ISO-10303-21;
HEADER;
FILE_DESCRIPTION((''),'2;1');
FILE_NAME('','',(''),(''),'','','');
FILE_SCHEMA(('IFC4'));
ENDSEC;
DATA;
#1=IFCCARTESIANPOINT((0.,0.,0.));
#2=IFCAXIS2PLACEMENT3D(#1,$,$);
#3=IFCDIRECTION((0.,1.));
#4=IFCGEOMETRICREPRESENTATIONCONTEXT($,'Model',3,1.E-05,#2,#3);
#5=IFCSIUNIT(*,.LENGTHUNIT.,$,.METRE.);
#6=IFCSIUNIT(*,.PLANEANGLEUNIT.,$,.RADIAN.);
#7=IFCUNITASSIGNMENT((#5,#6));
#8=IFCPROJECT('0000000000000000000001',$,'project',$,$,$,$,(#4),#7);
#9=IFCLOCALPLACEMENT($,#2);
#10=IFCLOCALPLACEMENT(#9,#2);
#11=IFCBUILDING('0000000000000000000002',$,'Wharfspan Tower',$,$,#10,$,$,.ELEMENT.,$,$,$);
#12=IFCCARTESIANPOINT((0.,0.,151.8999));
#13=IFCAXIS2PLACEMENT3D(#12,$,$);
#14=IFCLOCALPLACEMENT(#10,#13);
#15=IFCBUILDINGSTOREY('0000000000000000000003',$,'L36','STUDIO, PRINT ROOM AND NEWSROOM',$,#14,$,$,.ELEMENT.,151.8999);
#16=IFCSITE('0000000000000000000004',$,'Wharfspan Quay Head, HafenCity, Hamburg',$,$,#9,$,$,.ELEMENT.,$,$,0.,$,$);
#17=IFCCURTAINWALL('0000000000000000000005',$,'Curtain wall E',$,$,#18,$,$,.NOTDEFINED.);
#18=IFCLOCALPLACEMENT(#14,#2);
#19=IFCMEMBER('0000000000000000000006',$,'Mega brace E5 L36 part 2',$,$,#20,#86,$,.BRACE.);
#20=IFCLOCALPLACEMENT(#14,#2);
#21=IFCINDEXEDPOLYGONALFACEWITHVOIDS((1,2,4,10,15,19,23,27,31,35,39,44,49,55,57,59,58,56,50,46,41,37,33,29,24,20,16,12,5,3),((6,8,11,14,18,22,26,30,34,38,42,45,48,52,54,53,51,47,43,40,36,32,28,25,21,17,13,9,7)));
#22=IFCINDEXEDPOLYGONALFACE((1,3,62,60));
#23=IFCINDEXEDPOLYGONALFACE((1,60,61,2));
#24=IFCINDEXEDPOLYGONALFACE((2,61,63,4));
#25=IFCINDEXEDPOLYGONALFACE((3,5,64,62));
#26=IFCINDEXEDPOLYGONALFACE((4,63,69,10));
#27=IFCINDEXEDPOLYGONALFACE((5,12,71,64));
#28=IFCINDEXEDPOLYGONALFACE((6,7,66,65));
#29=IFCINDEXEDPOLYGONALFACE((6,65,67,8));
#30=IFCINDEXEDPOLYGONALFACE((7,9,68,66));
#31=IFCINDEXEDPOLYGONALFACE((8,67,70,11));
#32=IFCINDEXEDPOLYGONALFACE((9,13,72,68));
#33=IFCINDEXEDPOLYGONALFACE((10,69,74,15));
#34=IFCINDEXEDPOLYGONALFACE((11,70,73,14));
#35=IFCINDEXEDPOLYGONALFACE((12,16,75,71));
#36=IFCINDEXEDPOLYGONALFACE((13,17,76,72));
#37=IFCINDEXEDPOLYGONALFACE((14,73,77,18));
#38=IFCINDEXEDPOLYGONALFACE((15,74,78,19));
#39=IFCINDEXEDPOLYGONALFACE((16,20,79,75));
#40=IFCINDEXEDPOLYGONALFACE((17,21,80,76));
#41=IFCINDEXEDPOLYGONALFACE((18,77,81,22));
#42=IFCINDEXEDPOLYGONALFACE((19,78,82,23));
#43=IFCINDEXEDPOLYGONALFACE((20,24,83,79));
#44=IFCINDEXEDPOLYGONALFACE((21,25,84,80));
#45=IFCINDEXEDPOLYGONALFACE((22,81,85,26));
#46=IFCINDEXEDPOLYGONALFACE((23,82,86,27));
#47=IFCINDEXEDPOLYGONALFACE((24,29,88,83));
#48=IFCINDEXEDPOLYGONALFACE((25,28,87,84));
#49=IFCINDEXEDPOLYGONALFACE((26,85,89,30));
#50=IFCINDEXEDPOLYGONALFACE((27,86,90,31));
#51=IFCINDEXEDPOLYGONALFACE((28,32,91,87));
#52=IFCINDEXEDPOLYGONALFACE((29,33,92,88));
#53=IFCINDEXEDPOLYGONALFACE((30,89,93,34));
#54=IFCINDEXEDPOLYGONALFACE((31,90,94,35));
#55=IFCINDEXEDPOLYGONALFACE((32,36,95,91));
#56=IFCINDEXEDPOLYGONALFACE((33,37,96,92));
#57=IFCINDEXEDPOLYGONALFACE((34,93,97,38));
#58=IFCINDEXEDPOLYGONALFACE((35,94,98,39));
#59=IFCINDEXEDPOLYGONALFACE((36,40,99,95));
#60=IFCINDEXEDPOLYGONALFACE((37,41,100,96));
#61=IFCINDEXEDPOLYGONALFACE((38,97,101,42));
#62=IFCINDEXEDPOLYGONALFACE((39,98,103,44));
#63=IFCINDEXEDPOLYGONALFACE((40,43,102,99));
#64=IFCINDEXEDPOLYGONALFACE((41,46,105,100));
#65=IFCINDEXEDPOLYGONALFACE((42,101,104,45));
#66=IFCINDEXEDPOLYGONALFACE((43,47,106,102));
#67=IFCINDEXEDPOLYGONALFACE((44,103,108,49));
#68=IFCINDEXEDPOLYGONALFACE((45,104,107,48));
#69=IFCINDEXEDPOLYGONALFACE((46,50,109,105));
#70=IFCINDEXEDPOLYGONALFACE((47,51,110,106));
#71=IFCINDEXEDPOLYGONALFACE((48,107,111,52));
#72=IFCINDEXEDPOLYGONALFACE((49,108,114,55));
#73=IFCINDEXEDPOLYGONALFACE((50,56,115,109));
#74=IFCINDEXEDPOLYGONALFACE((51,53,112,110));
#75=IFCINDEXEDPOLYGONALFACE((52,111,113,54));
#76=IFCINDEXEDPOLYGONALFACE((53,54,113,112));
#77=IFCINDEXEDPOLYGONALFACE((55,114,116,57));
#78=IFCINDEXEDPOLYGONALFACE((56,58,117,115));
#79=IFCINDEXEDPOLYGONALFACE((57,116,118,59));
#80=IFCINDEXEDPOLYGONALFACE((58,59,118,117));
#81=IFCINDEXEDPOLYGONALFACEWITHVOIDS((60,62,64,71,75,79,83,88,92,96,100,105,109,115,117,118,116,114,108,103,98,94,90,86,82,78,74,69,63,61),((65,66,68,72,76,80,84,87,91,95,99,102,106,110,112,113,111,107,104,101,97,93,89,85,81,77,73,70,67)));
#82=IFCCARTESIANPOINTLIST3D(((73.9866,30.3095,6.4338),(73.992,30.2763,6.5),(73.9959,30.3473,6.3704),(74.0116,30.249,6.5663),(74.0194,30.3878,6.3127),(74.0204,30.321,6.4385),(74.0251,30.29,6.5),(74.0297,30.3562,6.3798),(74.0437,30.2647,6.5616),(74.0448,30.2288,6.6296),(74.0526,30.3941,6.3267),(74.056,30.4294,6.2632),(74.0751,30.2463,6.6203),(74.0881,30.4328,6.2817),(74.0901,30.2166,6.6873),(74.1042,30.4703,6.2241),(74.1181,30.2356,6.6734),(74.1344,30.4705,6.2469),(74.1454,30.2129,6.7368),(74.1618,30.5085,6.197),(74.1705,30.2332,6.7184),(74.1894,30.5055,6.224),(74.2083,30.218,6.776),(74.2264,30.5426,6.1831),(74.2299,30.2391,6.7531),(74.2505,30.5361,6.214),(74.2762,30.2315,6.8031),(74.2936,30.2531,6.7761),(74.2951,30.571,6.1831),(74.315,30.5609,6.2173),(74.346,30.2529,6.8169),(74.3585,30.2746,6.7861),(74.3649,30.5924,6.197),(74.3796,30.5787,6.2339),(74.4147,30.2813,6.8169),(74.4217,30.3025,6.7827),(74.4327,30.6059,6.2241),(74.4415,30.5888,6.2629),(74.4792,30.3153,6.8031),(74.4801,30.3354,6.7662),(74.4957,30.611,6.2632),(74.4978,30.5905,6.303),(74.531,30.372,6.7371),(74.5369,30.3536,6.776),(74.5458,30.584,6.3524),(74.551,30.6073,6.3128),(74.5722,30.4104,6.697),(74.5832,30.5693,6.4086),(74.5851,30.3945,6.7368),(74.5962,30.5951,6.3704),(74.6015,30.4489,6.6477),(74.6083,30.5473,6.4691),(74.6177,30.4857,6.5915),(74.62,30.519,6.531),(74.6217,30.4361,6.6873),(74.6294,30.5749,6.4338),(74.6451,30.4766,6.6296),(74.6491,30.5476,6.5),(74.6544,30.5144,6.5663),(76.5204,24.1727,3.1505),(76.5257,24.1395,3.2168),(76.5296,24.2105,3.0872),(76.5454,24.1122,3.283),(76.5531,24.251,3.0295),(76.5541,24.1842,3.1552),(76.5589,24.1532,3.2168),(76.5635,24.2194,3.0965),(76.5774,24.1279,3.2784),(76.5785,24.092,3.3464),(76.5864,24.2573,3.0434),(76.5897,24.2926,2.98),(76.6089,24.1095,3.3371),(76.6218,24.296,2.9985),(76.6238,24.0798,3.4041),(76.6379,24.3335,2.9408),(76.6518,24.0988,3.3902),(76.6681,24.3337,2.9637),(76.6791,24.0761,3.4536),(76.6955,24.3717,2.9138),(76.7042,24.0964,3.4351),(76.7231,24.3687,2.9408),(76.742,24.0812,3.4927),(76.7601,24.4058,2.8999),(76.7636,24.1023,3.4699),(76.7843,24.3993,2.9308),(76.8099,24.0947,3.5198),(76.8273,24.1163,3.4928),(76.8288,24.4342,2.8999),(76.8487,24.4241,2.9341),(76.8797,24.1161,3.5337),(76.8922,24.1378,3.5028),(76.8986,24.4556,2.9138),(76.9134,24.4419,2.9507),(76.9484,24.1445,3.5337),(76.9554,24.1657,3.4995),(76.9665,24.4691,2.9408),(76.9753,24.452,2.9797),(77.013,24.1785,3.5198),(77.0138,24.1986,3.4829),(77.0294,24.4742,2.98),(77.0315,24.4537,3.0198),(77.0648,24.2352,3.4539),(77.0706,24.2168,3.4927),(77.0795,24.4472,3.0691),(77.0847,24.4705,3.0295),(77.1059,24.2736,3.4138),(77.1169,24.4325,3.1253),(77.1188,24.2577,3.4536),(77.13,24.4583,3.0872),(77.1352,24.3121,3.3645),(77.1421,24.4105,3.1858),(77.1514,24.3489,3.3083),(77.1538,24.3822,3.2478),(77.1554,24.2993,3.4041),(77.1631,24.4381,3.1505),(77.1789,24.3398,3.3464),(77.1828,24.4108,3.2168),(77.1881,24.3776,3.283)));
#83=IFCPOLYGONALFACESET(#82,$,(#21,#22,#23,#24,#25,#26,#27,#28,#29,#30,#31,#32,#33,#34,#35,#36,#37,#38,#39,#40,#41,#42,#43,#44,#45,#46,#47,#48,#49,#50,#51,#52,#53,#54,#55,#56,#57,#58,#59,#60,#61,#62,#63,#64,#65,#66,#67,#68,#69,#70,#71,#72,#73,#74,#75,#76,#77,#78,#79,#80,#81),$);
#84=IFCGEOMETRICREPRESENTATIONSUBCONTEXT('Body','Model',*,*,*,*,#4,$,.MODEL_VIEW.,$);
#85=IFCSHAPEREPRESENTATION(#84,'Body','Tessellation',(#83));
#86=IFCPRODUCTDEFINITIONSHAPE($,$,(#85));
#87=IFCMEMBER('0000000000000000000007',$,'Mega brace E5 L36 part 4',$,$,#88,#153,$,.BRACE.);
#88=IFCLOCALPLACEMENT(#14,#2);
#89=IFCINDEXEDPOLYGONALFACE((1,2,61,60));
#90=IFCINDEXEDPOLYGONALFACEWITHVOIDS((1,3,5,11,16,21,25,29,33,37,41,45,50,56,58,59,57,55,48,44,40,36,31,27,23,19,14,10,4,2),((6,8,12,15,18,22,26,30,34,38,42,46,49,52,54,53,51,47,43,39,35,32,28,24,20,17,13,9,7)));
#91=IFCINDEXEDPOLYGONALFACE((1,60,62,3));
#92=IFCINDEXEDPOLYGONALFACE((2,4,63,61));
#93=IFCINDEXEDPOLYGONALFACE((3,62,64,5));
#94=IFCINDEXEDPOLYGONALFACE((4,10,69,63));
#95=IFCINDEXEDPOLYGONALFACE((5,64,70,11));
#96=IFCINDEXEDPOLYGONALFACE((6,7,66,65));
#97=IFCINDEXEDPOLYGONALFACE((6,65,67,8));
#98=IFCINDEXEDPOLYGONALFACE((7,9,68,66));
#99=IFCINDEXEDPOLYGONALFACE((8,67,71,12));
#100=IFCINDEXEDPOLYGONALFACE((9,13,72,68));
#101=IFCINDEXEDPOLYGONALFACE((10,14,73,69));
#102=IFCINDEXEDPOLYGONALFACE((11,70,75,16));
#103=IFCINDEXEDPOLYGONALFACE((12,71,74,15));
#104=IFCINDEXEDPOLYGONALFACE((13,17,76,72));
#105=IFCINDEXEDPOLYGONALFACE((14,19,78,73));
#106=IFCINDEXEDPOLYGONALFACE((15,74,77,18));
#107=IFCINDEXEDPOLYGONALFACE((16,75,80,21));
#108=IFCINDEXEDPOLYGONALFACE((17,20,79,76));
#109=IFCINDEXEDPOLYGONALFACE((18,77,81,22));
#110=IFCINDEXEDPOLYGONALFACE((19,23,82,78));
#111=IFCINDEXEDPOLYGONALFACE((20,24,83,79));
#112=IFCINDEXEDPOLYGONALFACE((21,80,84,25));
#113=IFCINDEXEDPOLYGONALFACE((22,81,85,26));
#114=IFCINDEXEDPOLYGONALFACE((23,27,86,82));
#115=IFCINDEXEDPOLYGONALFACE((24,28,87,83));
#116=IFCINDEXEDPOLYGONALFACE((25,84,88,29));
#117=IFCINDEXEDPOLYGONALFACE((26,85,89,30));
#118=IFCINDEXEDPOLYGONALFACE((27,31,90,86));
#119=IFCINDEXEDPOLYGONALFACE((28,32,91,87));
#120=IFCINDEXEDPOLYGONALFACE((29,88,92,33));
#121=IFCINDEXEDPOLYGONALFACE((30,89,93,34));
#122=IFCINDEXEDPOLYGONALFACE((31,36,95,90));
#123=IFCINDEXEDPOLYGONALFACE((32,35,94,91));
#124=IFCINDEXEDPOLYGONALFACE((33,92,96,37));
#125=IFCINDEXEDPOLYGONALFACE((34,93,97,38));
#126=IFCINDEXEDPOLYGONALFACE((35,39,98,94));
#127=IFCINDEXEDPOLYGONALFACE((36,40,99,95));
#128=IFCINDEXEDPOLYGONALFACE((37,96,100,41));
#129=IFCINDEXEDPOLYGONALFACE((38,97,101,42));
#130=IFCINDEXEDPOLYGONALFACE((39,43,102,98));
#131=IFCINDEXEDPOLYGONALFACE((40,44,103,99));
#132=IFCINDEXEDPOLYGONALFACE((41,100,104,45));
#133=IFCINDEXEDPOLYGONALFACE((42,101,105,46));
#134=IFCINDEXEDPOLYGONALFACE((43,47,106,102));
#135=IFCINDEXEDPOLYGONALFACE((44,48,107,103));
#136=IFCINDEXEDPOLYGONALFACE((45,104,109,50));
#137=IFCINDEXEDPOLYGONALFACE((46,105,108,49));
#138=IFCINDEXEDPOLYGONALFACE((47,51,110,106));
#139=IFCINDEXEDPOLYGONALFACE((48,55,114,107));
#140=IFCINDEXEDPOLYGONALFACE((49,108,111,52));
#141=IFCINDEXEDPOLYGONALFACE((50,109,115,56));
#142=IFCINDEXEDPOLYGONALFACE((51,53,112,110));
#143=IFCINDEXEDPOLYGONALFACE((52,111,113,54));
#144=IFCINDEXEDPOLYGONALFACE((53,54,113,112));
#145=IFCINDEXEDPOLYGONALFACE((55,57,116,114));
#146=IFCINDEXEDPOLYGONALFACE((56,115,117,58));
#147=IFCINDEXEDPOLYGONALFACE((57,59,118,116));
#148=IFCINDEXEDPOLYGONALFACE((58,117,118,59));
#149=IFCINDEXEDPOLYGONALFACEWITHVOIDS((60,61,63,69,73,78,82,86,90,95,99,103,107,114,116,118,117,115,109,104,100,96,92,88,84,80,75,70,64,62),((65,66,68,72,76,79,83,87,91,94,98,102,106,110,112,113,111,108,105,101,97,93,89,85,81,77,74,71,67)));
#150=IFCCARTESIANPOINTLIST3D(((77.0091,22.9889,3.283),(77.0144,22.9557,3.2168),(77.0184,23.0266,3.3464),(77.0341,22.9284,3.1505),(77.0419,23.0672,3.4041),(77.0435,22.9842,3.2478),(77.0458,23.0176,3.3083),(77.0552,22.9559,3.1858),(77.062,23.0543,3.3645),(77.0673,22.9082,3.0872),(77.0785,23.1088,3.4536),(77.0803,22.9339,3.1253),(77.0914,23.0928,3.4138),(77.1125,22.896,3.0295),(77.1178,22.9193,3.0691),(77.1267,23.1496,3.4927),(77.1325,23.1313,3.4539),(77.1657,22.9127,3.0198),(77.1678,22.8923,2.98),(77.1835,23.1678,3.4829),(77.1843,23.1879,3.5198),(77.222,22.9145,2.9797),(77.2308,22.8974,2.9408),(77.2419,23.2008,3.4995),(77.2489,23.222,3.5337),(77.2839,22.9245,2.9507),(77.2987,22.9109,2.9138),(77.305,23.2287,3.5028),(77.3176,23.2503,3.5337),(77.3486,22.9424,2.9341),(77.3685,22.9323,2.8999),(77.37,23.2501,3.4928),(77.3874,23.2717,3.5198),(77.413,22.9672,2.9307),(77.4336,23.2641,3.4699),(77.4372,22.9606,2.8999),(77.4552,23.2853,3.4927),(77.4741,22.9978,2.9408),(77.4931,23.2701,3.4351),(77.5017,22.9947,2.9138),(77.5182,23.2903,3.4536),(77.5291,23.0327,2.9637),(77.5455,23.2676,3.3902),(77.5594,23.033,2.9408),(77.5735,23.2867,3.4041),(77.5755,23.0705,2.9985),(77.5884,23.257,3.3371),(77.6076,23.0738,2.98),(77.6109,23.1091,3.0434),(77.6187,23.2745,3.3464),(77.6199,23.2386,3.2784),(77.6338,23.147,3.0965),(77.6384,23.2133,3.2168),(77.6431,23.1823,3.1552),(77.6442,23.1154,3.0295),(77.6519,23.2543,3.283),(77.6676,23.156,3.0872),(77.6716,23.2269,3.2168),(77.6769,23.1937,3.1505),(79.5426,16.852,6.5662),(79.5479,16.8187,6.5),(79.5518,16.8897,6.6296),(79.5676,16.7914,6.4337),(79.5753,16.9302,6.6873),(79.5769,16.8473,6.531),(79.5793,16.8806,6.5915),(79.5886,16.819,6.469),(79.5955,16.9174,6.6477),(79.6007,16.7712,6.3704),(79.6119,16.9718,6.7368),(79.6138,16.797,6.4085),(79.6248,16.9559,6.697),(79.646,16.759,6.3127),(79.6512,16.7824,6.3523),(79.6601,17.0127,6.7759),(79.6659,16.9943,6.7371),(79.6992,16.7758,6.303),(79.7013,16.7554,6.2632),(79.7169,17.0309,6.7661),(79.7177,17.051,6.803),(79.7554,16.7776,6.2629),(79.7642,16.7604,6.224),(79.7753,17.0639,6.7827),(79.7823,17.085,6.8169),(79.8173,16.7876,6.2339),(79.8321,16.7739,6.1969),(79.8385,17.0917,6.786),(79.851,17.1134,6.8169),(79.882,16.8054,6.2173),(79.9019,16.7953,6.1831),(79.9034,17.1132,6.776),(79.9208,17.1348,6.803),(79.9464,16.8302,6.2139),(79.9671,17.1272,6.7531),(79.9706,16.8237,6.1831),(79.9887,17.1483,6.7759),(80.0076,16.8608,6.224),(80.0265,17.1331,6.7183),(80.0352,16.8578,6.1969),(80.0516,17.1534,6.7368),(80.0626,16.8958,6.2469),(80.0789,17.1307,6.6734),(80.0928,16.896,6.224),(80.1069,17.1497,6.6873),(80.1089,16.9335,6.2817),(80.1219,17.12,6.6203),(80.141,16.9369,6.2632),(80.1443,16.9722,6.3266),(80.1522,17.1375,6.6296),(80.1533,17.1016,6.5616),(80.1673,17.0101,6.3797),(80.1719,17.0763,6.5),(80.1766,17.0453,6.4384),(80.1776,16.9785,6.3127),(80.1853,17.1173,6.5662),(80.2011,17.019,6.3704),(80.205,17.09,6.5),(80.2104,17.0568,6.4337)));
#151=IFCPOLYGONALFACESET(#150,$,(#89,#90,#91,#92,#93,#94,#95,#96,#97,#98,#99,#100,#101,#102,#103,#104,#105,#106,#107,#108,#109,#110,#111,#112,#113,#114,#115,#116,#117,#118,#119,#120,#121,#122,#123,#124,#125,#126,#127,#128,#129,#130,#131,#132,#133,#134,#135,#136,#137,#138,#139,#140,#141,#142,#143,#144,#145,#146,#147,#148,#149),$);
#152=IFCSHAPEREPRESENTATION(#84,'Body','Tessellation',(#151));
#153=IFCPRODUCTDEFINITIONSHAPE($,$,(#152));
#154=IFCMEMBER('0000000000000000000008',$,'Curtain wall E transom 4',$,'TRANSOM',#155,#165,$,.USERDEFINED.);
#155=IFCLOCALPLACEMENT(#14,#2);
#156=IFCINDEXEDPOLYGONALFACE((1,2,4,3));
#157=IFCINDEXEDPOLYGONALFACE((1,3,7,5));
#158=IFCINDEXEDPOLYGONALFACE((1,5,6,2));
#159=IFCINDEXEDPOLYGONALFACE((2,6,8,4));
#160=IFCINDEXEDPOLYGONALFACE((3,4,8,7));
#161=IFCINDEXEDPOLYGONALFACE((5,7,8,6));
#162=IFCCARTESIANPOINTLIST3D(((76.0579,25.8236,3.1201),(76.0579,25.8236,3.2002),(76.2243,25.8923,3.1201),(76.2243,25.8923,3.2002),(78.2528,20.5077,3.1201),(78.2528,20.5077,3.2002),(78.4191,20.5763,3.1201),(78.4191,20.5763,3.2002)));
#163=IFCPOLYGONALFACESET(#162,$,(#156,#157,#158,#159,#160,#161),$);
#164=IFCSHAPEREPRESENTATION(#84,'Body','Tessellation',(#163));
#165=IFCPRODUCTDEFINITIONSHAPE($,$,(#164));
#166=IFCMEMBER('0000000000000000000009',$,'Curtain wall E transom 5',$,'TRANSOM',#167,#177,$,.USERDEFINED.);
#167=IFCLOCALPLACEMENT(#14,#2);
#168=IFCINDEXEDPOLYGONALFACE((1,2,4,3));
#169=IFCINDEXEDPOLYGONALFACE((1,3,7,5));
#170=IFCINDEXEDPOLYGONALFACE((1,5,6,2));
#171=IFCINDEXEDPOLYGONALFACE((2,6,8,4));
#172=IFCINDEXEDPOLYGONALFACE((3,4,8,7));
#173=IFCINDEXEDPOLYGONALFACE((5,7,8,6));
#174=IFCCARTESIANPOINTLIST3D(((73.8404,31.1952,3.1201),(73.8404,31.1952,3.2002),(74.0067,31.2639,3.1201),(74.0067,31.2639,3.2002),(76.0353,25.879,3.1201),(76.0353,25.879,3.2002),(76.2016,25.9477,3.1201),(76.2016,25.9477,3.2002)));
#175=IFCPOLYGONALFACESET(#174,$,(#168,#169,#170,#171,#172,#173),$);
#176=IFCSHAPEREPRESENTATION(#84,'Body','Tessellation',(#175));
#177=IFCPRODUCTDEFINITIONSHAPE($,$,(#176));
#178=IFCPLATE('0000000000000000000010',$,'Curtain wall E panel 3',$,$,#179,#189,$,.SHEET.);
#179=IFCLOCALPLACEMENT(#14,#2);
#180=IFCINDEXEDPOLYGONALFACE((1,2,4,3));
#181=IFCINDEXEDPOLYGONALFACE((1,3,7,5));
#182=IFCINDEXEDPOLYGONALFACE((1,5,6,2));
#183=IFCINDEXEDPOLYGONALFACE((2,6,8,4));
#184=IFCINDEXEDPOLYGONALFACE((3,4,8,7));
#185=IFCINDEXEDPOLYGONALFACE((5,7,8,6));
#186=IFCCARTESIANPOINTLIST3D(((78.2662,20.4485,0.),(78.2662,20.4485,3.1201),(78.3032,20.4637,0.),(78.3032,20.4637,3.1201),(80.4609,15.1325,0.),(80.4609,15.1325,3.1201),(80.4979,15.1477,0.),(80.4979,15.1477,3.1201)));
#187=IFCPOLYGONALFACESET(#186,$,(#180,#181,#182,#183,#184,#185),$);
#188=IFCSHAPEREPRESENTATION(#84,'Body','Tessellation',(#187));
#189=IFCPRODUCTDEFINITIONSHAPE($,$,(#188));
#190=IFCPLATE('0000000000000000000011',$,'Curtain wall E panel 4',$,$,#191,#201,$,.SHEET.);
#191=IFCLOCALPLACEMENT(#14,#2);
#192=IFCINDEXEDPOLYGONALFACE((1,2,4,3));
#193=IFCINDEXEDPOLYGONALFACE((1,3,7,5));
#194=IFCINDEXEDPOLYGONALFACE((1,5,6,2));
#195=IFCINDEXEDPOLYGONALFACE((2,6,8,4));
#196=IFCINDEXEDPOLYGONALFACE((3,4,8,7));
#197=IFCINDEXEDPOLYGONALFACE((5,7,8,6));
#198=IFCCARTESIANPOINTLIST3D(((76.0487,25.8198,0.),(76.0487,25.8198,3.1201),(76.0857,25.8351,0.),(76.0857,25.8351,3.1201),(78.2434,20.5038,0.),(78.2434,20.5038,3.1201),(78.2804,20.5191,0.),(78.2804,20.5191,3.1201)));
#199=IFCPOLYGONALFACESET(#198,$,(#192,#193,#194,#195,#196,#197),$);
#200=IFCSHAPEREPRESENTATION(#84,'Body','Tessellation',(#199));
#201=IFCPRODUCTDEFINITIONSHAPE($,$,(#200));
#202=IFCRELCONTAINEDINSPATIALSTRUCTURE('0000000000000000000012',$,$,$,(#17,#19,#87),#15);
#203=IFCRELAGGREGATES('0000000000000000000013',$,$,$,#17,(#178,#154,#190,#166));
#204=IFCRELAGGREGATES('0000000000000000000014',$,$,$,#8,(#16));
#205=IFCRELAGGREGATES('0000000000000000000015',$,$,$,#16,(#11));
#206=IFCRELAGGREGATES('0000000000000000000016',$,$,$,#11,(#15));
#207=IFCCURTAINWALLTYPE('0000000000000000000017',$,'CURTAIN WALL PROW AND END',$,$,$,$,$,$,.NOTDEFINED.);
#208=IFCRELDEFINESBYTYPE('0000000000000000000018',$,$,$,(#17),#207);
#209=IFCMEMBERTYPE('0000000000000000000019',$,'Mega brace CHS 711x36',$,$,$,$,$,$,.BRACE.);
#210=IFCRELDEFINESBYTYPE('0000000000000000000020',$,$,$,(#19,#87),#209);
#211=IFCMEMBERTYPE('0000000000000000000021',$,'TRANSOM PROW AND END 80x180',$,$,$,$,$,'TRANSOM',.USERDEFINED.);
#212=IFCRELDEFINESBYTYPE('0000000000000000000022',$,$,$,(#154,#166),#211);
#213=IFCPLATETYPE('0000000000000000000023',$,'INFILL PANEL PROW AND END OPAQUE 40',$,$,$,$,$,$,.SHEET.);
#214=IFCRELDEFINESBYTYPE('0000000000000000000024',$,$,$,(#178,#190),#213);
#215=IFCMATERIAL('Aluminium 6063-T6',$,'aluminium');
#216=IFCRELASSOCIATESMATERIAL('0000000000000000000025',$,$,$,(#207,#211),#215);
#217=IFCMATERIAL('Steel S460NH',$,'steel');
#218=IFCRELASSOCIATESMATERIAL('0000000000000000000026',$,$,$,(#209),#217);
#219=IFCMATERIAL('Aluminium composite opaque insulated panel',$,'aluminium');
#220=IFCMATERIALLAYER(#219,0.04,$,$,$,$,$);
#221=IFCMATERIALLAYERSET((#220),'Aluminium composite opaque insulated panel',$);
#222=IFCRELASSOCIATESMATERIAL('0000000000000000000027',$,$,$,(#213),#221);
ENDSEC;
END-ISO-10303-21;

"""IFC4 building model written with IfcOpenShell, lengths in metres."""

from ifc_helpers import new_model, si_unit, direction, frame, origin, origin_2d, place, context, subcontext, project, spatial, rectangle, hollow_circle, extrude, material, layer, layer_set, material_profile, profile_set, type_object, element, aggregate, save


model = new_model("IFC4")

# Units and contexts
model_context = context("Model", 3, precision=1e-05, world=origin(), true_north=direction((0.0, 1.0)))
body_context = subcontext(model_context, "Body", "Model", "MODEL_VIEW")
ifc_project = project(units=[si_unit("LENGTHUNIT", "METRE"), si_unit("PLANEANGLEUNIT", "RADIAN")], contexts=[model_context])

# Site, building, storey
site_placement = place(None, origin())
site = spatial("IfcSite", under=ifc_project, at=site_placement, Name="Wharfspan Quay Head, HafenCity, Hamburg", CompositionType="ELEMENT", RefElevation=0.0)
building_placement = place(site_placement, origin())
building = spatial("IfcBuilding", under=site, at=building_placement, Name="Wharfspan Tower", CompositionType="ELEMENT")
storey_placement = place(building_placement, frame((0.0, 0.0, 151.8999)))
storey = spatial("IfcBuildingStorey", under=building, at=storey_placement, Name="L36", Description="STUDIO, PRINT ROOM AND NEWSROOM", CompositionType="ELEMENT", Elevation=151.8999)

# Shared definitions
ifc_material_1 = material(Name="Steel S460NH", Category="steel")

# Curtain wall
ifc_material_2 = material(Name="Aluminium 6063-T6", Category="aluminium")
curtain_wall_type = type_object("IfcCurtainWallType", Name="CURTAIN WALL PROW AND END", PredefinedType="NOTDEFINED", material=ifc_material_2)
curtain_wall_placement = place(storey_placement, origin())
curtain_wall = element("IfcCurtainWall", 1, at=curtain_wall_placement, inside=storey, type_object=curtain_wall_type, Name="Curtain wall E", PredefinedType="NOTDEFINED")

# Members
ifc_material_profile_1 = material_profile(ifc_material_1, hollow_circle(Radius=0.3555, WallThickness=0.0359, at=origin_2d()))
ifc_profile_set_1 = profile_set([ifc_material_profile_1], Name="Steel S460NH")
member_type_1 = type_object("IfcMemberType", Name="Mega brace CHS 711x36", PredefinedType="BRACE", material=ifc_profile_set_1)
for number, where, z_axis, x_axis, name in (
    (2, (76.8542, 24.2751, 3.2168), (-0.342084, 0.828543, 0.443278), (-0.924317, -0.381625, -0.000003), "Mega brace E5 L36 part 2"),
    (3, (77.343, 23.0913, 3.2168), (0.342045, -0.828562, 0.443271), (0.924337, 0.381581, -0.000003), "Mega brace E5 L36 part 4"),
):
    element("IfcMember", number, at=place(storey_placement, frame(where, z_axis=z_axis, x_axis=x_axis)), inside=storey, type_object=member_type_1, Name=name, PredefinedType="BRACE", context=body_context, shape_type="SweptSolid", body=[
        extrude(hollow_circle(Radius=0.3555, WallThickness=0.0359, at=origin_2d()), origin(), (0.0, 0.0, 1.0), 7.4067),
    ])

# Members
ifc_material_profile_2 = material_profile(ifc_material_2, rectangle(XDim=0.1799, YDim=0.0801, at=origin_2d()))
ifc_profile_set_2 = profile_set([ifc_material_profile_2], Name="Aluminium 6063-T6")
member_type_2 = type_object("IfcMemberType", Name="TRANSOM PROW AND END 80x180", ElementType="TRANSOM", PredefinedType="USERDEFINED", material=ifc_profile_set_2)
member_1_placement = place(storey_placement, frame((78.3359, 20.542, 3.1602), z_axis=(-0.381629, 0.924315, 0.0), x_axis=(-0.924315, -0.381629, 0.0)))
member_1 = element("IfcMember", 4, at=member_1_placement, type_object=member_type_2, Name="Curtain wall E transom 4", ObjectType="TRANSOM", PredefinedType="USERDEFINED", context=body_context, shape_type="SweptSolid", body=[
    extrude(rectangle(XDim=0.1799, YDim=0.0801, at=origin_2d()), origin(), (0.0, 0.0, 1.0), 5.7512),
])
member_2_placement = place(storey_placement, frame((76.1184, 25.9133, 3.1602), z_axis=(-0.381614, 0.924322, 0.0), x_axis=(-0.924322, -0.381614, 0.0)))
member_2 = element("IfcMember", 5, at=member_2_placement, type_object=member_type_2, Name="Curtain wall E transom 5", ObjectType="TRANSOM", PredefinedType="USERDEFINED", context=body_context, shape_type="SweptSolid", body=[
    extrude(rectangle(XDim=0.1799, YDim=0.0801, at=origin_2d()), origin(), (0.0, 0.0, 1.0), 5.7515),
])

# Plates
ifc_material_3 = material(Name="Aluminium composite opaque insulated panel", Category="aluminium")
ifc_layer_1 = layer(ifc_material_3, 0.04)
ifc_layer_set_1 = layer_set([ifc_layer_1], Name="Aluminium composite opaque insulated panel")
plate_type = type_object("IfcPlateType", Name="INFILL PANEL PROW AND END OPAQUE 40", PredefinedType="SHEET", material=ifc_layer_set_1)
plate_1_placement = place(storey_placement, frame((79.3821, 17.7981, 0.0), z_axis=(0.0, 0.0, 1.0), x_axis=(-0.381602, 0.924325, 0.0)))
plate_1 = element("IfcPlate", 6, at=plate_1_placement, type_object=plate_type, Name="Curtain wall E panel 3", PredefinedType="SHEET", context=body_context, shape_type="SweptSolid", body=[
    extrude(rectangle(XDim=5.7512, YDim=0.04, at=origin_2d()), origin(), (0.0, 0.0, 1.0), 3.1201),
])
plate_2_placement = place(storey_placement, frame((77.1646, 23.1694, 0.0), z_axis=(0.0, 0.0, 1.0), x_axis=(-0.381602, 0.924325, 0.0)))
plate_2 = element("IfcPlate", 7, at=plate_2_placement, type_object=plate_type, Name="Curtain wall E panel 4", PredefinedType="SHEET", context=body_context, shape_type="SweptSolid", body=[
    extrude(rectangle(XDim=5.7512, YDim=0.04, at=origin_2d()), origin(), (0.0, 0.0, 1.0), 3.1201),
])
aggregate(curtain_wall, [plate_1, member_1, plate_2, member_2])

save(model, "model.ifc")
